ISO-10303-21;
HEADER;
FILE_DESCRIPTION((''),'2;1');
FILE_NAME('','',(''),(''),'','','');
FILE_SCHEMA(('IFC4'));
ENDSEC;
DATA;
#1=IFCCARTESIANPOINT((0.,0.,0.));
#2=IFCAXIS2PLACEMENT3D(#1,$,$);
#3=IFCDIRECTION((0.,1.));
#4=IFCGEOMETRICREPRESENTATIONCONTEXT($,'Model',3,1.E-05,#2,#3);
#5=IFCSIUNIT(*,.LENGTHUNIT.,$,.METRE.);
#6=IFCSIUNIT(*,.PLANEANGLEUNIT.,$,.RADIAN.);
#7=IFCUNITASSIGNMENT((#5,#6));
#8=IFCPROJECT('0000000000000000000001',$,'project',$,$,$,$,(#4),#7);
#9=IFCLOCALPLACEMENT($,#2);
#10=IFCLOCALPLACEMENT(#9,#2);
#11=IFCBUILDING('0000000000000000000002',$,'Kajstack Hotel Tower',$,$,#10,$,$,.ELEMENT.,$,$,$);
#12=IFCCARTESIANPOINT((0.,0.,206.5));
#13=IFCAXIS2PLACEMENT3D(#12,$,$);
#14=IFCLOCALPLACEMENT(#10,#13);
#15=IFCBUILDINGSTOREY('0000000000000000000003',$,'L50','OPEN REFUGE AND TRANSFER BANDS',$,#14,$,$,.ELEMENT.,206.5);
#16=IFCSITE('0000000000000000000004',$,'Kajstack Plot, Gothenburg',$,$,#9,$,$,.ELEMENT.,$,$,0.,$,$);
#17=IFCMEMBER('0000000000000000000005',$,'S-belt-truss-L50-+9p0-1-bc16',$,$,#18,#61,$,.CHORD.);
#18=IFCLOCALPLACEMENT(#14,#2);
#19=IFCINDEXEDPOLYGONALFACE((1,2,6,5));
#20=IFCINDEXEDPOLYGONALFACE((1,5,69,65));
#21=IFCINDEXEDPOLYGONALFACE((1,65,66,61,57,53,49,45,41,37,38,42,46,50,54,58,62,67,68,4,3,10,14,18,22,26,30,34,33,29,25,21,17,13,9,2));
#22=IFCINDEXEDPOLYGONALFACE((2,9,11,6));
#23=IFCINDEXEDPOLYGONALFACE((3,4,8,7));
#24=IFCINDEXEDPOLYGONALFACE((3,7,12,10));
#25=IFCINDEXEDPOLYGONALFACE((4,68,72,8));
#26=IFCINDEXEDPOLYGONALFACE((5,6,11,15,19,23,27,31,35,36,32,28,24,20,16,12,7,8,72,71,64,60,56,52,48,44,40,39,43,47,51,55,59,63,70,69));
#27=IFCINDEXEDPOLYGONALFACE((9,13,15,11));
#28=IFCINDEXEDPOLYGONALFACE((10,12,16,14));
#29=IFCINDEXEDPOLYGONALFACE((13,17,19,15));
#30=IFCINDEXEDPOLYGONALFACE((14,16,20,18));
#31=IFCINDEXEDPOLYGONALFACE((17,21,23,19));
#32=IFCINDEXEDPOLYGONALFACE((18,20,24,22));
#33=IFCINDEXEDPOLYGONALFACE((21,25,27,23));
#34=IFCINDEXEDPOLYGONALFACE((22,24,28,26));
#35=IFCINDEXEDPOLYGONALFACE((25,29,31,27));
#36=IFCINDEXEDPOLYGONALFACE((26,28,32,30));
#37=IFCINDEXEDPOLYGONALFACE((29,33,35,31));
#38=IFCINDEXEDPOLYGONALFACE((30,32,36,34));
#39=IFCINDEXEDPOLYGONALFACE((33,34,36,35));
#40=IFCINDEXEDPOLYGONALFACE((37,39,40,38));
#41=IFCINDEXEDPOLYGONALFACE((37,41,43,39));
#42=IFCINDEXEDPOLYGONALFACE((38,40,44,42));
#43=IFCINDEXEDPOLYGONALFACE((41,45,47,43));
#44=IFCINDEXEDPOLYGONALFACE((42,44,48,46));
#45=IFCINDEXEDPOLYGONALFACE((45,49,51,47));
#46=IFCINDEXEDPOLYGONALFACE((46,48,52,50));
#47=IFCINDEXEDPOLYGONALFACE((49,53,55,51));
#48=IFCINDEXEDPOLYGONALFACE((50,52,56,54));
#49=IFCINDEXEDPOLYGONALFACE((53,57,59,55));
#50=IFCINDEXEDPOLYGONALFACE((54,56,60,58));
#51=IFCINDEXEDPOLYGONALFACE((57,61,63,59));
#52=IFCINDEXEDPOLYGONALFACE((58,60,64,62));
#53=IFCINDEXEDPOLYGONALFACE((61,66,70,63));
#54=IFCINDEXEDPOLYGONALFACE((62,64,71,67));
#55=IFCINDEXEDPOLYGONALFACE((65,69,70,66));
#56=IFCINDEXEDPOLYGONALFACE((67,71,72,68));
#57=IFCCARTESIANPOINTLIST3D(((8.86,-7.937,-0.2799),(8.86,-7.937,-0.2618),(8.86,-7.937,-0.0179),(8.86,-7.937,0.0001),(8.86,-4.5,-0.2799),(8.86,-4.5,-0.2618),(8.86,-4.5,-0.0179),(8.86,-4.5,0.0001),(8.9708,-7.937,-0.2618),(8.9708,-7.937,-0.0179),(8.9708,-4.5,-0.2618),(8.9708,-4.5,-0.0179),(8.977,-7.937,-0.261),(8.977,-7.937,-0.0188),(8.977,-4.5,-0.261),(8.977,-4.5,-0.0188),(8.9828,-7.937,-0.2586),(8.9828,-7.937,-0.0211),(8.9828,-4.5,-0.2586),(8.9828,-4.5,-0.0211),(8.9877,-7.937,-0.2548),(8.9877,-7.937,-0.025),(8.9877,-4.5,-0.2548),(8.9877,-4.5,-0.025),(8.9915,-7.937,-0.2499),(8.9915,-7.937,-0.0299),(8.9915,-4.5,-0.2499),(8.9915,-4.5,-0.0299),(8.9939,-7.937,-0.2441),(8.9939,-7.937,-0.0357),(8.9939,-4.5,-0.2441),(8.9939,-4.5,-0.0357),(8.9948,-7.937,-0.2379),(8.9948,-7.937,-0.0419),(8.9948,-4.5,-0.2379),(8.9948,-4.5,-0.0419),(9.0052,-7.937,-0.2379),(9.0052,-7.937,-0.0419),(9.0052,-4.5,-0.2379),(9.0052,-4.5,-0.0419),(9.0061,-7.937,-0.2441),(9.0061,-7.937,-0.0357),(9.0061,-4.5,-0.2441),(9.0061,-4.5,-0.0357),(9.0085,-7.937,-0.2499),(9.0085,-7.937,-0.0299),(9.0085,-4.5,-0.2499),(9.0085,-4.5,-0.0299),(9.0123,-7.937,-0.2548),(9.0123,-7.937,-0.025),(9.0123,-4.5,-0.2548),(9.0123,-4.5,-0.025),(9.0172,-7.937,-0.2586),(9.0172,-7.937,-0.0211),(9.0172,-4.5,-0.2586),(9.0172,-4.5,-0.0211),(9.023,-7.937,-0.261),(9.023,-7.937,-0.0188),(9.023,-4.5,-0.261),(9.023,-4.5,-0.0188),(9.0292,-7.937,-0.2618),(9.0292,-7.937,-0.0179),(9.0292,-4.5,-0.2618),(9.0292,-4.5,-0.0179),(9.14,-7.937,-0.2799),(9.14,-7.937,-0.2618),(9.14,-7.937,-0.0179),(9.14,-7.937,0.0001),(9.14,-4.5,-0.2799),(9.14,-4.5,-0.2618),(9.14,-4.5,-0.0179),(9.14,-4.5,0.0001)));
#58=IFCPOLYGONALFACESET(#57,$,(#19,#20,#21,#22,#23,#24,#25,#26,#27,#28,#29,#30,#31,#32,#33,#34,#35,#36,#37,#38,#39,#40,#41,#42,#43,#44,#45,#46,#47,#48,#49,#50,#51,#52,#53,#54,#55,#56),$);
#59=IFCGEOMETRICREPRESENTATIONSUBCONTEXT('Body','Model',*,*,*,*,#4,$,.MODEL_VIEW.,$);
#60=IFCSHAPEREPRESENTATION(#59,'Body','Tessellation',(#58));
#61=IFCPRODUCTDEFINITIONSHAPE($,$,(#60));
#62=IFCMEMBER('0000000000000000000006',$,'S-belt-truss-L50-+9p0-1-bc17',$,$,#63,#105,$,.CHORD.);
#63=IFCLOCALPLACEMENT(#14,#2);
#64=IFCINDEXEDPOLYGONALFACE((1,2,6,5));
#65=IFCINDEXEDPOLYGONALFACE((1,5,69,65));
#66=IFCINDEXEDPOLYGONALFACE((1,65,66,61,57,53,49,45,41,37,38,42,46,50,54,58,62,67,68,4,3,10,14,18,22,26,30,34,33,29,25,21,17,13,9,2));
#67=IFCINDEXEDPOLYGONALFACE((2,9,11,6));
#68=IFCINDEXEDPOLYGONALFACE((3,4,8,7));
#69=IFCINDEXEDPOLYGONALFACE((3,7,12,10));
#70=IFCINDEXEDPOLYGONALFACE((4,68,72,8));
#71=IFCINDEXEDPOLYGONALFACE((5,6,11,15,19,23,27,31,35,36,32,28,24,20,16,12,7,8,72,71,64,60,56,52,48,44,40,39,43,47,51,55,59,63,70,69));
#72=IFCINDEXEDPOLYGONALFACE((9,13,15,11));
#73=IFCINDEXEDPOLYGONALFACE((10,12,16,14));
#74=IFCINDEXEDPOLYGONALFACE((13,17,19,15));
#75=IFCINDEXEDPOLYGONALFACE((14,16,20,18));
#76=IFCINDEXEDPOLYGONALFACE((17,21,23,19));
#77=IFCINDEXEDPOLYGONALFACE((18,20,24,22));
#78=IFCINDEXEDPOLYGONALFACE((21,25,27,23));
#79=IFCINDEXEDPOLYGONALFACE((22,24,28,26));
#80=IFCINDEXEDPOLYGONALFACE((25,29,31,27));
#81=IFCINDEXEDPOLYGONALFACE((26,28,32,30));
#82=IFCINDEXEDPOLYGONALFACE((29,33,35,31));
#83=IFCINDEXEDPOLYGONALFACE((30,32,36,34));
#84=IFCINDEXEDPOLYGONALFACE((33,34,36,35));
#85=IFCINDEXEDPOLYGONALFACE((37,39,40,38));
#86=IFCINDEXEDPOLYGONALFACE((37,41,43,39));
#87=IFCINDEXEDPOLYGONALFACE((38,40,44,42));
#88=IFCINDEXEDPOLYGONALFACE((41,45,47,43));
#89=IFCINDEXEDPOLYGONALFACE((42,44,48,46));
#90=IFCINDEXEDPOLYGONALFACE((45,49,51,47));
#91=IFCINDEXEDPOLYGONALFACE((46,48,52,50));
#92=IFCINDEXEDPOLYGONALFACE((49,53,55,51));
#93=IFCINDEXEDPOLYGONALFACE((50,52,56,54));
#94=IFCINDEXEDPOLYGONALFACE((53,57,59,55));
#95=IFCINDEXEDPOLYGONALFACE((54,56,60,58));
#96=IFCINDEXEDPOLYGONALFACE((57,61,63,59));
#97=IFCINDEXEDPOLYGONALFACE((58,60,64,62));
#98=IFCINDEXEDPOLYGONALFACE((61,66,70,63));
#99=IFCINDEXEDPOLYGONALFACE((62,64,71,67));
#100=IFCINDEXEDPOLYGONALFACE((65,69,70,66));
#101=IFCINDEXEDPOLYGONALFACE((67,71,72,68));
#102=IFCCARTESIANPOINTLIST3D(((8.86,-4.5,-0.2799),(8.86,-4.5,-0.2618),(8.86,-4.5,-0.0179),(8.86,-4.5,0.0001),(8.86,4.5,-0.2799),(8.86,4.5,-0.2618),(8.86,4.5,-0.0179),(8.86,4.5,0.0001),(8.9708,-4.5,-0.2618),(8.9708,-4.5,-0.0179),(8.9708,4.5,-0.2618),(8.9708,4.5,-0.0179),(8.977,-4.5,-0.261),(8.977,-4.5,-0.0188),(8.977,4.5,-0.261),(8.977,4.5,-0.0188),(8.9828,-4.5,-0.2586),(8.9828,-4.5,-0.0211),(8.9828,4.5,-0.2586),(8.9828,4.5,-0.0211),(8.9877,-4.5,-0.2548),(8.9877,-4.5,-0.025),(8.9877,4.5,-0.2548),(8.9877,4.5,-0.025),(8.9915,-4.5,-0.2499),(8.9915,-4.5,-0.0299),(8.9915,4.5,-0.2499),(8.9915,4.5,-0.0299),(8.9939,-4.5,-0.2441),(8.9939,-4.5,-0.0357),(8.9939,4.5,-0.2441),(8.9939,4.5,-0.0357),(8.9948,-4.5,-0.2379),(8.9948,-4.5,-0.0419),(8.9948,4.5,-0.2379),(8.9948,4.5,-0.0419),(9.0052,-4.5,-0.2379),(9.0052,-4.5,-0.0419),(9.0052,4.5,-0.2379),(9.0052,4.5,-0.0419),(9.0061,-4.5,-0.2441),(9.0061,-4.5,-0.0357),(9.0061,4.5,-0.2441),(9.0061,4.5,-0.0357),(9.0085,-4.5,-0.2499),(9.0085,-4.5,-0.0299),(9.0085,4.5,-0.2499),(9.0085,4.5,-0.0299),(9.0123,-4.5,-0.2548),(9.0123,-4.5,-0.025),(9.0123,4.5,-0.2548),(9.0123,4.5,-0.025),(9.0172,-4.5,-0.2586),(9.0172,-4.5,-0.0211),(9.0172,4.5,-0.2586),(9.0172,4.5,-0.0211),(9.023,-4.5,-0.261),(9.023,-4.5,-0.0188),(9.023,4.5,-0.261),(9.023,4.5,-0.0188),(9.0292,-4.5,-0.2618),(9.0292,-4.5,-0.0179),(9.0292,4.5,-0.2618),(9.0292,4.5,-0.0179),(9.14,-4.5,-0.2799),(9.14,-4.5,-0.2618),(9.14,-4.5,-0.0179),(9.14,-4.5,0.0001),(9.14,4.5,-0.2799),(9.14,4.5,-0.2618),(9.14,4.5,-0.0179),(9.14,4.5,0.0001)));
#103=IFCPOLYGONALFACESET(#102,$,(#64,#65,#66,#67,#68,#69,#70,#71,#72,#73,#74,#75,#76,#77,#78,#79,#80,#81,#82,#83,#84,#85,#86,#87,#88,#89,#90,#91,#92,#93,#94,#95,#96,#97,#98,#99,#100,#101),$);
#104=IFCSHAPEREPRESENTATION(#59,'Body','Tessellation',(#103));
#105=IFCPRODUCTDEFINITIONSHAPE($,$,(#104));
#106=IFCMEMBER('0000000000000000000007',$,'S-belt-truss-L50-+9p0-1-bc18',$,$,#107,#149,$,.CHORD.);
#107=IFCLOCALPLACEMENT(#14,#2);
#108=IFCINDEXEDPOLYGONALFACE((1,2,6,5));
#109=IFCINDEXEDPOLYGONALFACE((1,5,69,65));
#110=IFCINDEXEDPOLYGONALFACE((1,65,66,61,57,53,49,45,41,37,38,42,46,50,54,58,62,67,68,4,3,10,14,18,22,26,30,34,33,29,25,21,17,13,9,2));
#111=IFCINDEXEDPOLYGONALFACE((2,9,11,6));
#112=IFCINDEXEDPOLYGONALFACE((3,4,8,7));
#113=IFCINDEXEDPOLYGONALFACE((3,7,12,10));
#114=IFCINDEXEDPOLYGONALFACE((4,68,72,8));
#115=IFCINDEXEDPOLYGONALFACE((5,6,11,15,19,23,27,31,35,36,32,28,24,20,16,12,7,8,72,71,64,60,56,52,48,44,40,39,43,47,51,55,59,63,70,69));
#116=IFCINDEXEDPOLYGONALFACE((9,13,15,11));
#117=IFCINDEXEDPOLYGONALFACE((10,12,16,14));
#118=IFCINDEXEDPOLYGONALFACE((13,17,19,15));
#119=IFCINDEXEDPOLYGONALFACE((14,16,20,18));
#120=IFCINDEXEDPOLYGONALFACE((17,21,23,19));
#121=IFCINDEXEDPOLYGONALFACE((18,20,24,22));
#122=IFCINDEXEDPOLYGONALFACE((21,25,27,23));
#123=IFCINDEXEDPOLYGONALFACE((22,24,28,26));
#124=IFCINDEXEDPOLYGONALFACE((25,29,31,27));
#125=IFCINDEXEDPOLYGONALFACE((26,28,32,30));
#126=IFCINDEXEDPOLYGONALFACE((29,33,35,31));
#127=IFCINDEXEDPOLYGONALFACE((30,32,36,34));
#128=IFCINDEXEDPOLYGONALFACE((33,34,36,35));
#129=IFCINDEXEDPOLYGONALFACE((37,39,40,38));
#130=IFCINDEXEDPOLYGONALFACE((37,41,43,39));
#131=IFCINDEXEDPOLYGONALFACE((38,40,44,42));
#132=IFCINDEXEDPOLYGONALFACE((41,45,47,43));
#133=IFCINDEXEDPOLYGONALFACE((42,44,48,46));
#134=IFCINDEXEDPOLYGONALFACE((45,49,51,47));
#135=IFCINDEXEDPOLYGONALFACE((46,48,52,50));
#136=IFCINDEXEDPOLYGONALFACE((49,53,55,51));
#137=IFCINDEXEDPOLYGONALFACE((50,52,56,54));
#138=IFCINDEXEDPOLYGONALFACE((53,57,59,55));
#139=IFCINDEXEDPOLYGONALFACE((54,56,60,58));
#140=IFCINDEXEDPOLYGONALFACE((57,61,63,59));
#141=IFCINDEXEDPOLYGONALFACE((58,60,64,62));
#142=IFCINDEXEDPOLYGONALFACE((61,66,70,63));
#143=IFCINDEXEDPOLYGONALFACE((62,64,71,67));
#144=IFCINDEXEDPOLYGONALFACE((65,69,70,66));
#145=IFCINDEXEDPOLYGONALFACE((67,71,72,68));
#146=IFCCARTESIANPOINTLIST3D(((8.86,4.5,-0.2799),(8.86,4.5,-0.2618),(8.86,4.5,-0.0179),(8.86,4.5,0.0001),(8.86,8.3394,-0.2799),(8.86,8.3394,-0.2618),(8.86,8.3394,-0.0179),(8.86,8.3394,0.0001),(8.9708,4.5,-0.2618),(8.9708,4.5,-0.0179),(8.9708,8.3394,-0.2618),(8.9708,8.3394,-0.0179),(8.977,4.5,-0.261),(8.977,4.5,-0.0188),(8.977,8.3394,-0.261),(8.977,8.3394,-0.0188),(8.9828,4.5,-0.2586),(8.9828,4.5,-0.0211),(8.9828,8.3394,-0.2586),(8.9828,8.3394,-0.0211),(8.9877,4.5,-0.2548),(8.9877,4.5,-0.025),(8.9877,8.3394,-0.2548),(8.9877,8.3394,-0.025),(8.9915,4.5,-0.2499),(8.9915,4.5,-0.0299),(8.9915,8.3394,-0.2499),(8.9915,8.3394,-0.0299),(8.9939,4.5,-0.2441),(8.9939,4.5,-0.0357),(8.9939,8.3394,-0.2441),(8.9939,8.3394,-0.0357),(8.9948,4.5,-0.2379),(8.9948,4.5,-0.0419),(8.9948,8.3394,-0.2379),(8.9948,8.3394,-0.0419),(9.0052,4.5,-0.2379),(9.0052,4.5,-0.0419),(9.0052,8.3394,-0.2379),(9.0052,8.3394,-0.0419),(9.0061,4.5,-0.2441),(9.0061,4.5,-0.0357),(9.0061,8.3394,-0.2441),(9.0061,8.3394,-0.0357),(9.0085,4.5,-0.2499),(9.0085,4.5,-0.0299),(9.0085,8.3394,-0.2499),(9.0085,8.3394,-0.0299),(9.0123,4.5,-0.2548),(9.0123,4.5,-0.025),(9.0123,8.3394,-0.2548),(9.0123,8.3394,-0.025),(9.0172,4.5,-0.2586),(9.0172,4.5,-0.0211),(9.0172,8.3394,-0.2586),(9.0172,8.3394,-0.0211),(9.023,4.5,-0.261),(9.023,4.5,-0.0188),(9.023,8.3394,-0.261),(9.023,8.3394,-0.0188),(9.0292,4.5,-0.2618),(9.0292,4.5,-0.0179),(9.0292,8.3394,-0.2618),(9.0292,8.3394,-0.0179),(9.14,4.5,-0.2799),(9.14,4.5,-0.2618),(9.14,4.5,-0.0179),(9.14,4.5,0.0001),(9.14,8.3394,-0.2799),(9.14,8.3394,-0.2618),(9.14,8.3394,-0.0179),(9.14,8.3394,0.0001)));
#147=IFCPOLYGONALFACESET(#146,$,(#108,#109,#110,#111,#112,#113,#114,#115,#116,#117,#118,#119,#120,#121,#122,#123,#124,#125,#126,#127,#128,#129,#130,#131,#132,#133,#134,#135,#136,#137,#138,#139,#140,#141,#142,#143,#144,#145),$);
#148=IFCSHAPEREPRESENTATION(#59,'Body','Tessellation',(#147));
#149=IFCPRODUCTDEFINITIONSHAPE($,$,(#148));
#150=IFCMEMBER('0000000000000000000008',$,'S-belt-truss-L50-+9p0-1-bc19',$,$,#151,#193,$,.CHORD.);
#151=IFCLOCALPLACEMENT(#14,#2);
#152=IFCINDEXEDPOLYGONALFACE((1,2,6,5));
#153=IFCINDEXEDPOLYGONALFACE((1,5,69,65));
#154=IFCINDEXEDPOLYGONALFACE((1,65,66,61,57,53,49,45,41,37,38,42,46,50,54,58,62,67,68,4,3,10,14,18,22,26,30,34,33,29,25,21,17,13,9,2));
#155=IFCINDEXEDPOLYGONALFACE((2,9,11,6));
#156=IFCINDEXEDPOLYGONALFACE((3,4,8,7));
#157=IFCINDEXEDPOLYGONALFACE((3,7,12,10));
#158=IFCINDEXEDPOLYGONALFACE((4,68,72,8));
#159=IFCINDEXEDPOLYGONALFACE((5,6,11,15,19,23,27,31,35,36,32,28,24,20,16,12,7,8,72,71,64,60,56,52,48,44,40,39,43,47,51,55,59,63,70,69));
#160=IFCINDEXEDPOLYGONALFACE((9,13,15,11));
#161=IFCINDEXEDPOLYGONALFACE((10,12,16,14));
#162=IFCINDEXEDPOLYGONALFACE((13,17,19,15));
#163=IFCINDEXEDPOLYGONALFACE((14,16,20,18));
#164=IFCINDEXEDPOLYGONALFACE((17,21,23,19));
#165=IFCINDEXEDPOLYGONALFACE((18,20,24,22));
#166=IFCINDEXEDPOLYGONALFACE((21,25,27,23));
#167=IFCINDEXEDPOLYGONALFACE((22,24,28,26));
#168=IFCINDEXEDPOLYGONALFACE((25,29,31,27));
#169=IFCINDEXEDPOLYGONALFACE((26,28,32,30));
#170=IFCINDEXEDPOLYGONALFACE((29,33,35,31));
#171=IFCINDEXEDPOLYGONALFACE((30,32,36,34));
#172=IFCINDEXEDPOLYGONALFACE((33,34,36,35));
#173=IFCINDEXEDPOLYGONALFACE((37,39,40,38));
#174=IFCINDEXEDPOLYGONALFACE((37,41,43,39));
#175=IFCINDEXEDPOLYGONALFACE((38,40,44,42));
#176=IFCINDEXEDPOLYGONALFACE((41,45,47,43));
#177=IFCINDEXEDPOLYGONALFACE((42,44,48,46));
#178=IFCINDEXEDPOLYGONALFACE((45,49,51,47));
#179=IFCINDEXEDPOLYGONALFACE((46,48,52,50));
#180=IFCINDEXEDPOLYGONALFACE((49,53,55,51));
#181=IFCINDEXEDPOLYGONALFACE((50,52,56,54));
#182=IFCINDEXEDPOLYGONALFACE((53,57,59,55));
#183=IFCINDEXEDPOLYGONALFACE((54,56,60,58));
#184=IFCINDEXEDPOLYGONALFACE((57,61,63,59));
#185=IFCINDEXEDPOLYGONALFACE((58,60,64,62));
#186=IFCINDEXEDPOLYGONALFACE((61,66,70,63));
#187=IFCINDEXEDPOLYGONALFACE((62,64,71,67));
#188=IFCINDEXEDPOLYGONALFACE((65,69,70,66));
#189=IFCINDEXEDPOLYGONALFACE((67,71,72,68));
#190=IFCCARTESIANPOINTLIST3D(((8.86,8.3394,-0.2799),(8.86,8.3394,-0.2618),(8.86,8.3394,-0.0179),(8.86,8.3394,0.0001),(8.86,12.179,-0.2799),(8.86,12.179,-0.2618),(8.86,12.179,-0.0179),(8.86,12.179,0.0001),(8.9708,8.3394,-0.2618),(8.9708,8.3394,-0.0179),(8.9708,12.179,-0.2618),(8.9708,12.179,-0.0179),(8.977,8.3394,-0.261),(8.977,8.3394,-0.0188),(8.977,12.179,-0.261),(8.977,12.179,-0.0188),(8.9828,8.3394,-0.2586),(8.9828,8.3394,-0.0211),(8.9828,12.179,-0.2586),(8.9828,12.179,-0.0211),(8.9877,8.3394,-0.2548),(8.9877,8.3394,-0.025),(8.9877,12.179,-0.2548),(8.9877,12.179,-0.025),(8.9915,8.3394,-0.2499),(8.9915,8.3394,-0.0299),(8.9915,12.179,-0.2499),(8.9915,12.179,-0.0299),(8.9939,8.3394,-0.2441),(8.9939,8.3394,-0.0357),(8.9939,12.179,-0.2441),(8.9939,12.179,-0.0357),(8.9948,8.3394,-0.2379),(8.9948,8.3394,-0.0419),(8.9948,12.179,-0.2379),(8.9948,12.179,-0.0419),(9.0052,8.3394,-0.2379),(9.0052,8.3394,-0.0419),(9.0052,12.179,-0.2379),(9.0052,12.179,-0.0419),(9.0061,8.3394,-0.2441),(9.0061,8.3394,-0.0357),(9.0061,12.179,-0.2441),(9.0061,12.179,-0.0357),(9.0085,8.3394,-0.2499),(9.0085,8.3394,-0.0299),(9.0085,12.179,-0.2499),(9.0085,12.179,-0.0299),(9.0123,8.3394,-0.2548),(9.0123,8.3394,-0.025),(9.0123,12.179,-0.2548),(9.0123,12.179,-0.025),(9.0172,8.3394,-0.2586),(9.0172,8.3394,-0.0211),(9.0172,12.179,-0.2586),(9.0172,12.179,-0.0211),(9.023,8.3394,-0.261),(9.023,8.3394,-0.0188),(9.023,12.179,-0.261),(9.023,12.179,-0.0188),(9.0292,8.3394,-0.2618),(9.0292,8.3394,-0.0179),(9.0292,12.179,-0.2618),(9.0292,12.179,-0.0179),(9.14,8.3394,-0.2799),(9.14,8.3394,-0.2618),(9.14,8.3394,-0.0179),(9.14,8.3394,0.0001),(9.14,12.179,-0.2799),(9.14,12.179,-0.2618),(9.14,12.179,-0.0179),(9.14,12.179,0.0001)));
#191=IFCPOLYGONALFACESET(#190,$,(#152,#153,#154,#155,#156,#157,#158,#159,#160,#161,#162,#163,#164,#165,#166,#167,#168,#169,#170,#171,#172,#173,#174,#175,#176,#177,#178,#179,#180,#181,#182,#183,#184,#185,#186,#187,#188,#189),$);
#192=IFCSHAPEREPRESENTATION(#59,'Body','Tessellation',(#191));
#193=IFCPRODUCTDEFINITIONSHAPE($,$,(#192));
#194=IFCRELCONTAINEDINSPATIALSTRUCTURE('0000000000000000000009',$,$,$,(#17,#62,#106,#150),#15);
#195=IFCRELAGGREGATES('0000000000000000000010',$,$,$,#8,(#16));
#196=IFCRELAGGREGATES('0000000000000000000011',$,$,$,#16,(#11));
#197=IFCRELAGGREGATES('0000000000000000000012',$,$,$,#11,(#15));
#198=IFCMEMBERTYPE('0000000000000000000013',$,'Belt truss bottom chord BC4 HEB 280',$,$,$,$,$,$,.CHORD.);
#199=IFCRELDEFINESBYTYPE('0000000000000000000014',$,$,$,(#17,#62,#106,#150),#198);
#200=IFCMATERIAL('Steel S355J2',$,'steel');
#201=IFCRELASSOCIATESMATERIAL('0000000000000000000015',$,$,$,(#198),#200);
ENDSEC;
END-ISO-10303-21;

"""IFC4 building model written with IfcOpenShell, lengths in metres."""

from ifc_helpers import new_model, si_unit, direction, frame, origin, origin_2d, place, context, subcontext, project, spatial, i_section, extrude, material, material_profile, profile_set, type_object, element, save


model = new_model("IFC4")

# Units and contexts
model_context = context("Model", 3, precision=1e-05, world=origin(), true_north=direction((0.0, 1.0)))
body_context = subcontext(model_context, "Body", "Model", "MODEL_VIEW")
ifc_project = project(units=[si_unit("LENGTHUNIT", "METRE"), si_unit("PLANEANGLEUNIT", "RADIAN")], contexts=[model_context])

# Site, building, storey
site_placement = place(None, origin())
site = spatial("IfcSite", under=ifc_project, at=site_placement, Name="Kajstack Plot, Gothenburg", CompositionType="ELEMENT", RefElevation=0.0)
building_placement = place(site_placement, origin())
building = spatial("IfcBuilding", under=site, at=building_placement, Name="Kajstack Hotel Tower", CompositionType="ELEMENT")
storey_placement = place(building_placement, frame((0.0, 0.0, 206.5)))
storey = spatial("IfcBuildingStorey", under=building, at=storey_placement, Name="L50", Description="OPEN REFUGE AND TRANSFER BANDS", CompositionType="ELEMENT", Elevation=206.5)

# Members
ifc_material_1 = material(Name="Steel S355J2", Category="steel")
ifc_material_profile_1 = material_profile(ifc_material_1, i_section(OverallWidth=0.28, OverallDepth=0.28, WebThickness=0.0105, FlangeThickness=0.0181, FilletRadius=0.0239, at=origin_2d()), Name="HEB 280")
ifc_profile_set_1 = profile_set([ifc_material_profile_1], Name="Steel S355J2")
member_type_1 = type_object("IfcMemberType", Name="Belt truss bottom chord BC4 HEB 280", PredefinedType="CHORD", material=ifc_profile_set_1)
member_1_placement = place(storey_placement, frame((9.0, -7.937, -0.1399), z_axis=(0.0, 1.0, 0.0), x_axis=(-1.0, 0.0, 0.0)))
element("IfcMember", 1, at=member_1_placement, inside=storey, type_object=member_type_1, Name="S-belt-truss-L50-+9p0-1-bc16", PredefinedType="CHORD", context=body_context, shape_type="SweptSolid", body=[
    extrude(i_section(OverallWidth=0.28, OverallDepth=0.28, WebThickness=0.0105, FlangeThickness=0.0181, FilletRadius=0.0239, at=origin_2d()), origin(), (0.0, 0.0, 1.0), 3.437),
])
member_2_placement = place(storey_placement, frame((9.0, -4.5, -0.1399), z_axis=(0.0, 1.0, 0.0), x_axis=(-1.0, 0.0, 0.0)))
element("IfcMember", 2, at=member_2_placement, inside=storey, type_object=member_type_1, Name="S-belt-truss-L50-+9p0-1-bc17", PredefinedType="CHORD", context=body_context, shape_type="SweptSolid", body=[
    extrude(i_section(OverallWidth=0.28, OverallDepth=0.28, WebThickness=0.0105, FlangeThickness=0.0181, FilletRadius=0.0239, at=origin_2d()), origin(), (0.0, 0.0, 1.0), 9.0),
])
member_3_placement = place(storey_placement, frame((9.0, 4.5, -0.1399), z_axis=(0.0, 1.0, 0.0), x_axis=(-1.0, 0.0, 0.0)))
element("IfcMember", 3, at=member_3_placement, inside=storey, type_object=member_type_1, Name="S-belt-truss-L50-+9p0-1-bc18", PredefinedType="CHORD", context=body_context, shape_type="SweptSolid", body=[
    extrude(i_section(OverallWidth=0.28, OverallDepth=0.28, WebThickness=0.0105, FlangeThickness=0.0181, FilletRadius=0.0239, at=origin_2d()), origin(), (0.0, 0.0, 1.0), 3.8394),
])
member_4_placement = place(storey_placement, frame((9.0, 8.3394, -0.1399), z_axis=(0.0, 1.0, 0.0), x_axis=(-1.0, 0.0, 0.0)))
element("IfcMember", 4, at=member_4_placement, inside=storey, type_object=member_type_1, Name="S-belt-truss-L50-+9p0-1-bc19", PredefinedType="CHORD", context=body_context, shape_type="SweptSolid", body=[
    extrude(i_section(OverallWidth=0.28, OverallDepth=0.28, WebThickness=0.0105, FlangeThickness=0.0181, FilletRadius=0.0239, at=origin_2d()), origin(), (0.0, 0.0, 1.0), 3.8396),
])

save(model, "model.ifc")
